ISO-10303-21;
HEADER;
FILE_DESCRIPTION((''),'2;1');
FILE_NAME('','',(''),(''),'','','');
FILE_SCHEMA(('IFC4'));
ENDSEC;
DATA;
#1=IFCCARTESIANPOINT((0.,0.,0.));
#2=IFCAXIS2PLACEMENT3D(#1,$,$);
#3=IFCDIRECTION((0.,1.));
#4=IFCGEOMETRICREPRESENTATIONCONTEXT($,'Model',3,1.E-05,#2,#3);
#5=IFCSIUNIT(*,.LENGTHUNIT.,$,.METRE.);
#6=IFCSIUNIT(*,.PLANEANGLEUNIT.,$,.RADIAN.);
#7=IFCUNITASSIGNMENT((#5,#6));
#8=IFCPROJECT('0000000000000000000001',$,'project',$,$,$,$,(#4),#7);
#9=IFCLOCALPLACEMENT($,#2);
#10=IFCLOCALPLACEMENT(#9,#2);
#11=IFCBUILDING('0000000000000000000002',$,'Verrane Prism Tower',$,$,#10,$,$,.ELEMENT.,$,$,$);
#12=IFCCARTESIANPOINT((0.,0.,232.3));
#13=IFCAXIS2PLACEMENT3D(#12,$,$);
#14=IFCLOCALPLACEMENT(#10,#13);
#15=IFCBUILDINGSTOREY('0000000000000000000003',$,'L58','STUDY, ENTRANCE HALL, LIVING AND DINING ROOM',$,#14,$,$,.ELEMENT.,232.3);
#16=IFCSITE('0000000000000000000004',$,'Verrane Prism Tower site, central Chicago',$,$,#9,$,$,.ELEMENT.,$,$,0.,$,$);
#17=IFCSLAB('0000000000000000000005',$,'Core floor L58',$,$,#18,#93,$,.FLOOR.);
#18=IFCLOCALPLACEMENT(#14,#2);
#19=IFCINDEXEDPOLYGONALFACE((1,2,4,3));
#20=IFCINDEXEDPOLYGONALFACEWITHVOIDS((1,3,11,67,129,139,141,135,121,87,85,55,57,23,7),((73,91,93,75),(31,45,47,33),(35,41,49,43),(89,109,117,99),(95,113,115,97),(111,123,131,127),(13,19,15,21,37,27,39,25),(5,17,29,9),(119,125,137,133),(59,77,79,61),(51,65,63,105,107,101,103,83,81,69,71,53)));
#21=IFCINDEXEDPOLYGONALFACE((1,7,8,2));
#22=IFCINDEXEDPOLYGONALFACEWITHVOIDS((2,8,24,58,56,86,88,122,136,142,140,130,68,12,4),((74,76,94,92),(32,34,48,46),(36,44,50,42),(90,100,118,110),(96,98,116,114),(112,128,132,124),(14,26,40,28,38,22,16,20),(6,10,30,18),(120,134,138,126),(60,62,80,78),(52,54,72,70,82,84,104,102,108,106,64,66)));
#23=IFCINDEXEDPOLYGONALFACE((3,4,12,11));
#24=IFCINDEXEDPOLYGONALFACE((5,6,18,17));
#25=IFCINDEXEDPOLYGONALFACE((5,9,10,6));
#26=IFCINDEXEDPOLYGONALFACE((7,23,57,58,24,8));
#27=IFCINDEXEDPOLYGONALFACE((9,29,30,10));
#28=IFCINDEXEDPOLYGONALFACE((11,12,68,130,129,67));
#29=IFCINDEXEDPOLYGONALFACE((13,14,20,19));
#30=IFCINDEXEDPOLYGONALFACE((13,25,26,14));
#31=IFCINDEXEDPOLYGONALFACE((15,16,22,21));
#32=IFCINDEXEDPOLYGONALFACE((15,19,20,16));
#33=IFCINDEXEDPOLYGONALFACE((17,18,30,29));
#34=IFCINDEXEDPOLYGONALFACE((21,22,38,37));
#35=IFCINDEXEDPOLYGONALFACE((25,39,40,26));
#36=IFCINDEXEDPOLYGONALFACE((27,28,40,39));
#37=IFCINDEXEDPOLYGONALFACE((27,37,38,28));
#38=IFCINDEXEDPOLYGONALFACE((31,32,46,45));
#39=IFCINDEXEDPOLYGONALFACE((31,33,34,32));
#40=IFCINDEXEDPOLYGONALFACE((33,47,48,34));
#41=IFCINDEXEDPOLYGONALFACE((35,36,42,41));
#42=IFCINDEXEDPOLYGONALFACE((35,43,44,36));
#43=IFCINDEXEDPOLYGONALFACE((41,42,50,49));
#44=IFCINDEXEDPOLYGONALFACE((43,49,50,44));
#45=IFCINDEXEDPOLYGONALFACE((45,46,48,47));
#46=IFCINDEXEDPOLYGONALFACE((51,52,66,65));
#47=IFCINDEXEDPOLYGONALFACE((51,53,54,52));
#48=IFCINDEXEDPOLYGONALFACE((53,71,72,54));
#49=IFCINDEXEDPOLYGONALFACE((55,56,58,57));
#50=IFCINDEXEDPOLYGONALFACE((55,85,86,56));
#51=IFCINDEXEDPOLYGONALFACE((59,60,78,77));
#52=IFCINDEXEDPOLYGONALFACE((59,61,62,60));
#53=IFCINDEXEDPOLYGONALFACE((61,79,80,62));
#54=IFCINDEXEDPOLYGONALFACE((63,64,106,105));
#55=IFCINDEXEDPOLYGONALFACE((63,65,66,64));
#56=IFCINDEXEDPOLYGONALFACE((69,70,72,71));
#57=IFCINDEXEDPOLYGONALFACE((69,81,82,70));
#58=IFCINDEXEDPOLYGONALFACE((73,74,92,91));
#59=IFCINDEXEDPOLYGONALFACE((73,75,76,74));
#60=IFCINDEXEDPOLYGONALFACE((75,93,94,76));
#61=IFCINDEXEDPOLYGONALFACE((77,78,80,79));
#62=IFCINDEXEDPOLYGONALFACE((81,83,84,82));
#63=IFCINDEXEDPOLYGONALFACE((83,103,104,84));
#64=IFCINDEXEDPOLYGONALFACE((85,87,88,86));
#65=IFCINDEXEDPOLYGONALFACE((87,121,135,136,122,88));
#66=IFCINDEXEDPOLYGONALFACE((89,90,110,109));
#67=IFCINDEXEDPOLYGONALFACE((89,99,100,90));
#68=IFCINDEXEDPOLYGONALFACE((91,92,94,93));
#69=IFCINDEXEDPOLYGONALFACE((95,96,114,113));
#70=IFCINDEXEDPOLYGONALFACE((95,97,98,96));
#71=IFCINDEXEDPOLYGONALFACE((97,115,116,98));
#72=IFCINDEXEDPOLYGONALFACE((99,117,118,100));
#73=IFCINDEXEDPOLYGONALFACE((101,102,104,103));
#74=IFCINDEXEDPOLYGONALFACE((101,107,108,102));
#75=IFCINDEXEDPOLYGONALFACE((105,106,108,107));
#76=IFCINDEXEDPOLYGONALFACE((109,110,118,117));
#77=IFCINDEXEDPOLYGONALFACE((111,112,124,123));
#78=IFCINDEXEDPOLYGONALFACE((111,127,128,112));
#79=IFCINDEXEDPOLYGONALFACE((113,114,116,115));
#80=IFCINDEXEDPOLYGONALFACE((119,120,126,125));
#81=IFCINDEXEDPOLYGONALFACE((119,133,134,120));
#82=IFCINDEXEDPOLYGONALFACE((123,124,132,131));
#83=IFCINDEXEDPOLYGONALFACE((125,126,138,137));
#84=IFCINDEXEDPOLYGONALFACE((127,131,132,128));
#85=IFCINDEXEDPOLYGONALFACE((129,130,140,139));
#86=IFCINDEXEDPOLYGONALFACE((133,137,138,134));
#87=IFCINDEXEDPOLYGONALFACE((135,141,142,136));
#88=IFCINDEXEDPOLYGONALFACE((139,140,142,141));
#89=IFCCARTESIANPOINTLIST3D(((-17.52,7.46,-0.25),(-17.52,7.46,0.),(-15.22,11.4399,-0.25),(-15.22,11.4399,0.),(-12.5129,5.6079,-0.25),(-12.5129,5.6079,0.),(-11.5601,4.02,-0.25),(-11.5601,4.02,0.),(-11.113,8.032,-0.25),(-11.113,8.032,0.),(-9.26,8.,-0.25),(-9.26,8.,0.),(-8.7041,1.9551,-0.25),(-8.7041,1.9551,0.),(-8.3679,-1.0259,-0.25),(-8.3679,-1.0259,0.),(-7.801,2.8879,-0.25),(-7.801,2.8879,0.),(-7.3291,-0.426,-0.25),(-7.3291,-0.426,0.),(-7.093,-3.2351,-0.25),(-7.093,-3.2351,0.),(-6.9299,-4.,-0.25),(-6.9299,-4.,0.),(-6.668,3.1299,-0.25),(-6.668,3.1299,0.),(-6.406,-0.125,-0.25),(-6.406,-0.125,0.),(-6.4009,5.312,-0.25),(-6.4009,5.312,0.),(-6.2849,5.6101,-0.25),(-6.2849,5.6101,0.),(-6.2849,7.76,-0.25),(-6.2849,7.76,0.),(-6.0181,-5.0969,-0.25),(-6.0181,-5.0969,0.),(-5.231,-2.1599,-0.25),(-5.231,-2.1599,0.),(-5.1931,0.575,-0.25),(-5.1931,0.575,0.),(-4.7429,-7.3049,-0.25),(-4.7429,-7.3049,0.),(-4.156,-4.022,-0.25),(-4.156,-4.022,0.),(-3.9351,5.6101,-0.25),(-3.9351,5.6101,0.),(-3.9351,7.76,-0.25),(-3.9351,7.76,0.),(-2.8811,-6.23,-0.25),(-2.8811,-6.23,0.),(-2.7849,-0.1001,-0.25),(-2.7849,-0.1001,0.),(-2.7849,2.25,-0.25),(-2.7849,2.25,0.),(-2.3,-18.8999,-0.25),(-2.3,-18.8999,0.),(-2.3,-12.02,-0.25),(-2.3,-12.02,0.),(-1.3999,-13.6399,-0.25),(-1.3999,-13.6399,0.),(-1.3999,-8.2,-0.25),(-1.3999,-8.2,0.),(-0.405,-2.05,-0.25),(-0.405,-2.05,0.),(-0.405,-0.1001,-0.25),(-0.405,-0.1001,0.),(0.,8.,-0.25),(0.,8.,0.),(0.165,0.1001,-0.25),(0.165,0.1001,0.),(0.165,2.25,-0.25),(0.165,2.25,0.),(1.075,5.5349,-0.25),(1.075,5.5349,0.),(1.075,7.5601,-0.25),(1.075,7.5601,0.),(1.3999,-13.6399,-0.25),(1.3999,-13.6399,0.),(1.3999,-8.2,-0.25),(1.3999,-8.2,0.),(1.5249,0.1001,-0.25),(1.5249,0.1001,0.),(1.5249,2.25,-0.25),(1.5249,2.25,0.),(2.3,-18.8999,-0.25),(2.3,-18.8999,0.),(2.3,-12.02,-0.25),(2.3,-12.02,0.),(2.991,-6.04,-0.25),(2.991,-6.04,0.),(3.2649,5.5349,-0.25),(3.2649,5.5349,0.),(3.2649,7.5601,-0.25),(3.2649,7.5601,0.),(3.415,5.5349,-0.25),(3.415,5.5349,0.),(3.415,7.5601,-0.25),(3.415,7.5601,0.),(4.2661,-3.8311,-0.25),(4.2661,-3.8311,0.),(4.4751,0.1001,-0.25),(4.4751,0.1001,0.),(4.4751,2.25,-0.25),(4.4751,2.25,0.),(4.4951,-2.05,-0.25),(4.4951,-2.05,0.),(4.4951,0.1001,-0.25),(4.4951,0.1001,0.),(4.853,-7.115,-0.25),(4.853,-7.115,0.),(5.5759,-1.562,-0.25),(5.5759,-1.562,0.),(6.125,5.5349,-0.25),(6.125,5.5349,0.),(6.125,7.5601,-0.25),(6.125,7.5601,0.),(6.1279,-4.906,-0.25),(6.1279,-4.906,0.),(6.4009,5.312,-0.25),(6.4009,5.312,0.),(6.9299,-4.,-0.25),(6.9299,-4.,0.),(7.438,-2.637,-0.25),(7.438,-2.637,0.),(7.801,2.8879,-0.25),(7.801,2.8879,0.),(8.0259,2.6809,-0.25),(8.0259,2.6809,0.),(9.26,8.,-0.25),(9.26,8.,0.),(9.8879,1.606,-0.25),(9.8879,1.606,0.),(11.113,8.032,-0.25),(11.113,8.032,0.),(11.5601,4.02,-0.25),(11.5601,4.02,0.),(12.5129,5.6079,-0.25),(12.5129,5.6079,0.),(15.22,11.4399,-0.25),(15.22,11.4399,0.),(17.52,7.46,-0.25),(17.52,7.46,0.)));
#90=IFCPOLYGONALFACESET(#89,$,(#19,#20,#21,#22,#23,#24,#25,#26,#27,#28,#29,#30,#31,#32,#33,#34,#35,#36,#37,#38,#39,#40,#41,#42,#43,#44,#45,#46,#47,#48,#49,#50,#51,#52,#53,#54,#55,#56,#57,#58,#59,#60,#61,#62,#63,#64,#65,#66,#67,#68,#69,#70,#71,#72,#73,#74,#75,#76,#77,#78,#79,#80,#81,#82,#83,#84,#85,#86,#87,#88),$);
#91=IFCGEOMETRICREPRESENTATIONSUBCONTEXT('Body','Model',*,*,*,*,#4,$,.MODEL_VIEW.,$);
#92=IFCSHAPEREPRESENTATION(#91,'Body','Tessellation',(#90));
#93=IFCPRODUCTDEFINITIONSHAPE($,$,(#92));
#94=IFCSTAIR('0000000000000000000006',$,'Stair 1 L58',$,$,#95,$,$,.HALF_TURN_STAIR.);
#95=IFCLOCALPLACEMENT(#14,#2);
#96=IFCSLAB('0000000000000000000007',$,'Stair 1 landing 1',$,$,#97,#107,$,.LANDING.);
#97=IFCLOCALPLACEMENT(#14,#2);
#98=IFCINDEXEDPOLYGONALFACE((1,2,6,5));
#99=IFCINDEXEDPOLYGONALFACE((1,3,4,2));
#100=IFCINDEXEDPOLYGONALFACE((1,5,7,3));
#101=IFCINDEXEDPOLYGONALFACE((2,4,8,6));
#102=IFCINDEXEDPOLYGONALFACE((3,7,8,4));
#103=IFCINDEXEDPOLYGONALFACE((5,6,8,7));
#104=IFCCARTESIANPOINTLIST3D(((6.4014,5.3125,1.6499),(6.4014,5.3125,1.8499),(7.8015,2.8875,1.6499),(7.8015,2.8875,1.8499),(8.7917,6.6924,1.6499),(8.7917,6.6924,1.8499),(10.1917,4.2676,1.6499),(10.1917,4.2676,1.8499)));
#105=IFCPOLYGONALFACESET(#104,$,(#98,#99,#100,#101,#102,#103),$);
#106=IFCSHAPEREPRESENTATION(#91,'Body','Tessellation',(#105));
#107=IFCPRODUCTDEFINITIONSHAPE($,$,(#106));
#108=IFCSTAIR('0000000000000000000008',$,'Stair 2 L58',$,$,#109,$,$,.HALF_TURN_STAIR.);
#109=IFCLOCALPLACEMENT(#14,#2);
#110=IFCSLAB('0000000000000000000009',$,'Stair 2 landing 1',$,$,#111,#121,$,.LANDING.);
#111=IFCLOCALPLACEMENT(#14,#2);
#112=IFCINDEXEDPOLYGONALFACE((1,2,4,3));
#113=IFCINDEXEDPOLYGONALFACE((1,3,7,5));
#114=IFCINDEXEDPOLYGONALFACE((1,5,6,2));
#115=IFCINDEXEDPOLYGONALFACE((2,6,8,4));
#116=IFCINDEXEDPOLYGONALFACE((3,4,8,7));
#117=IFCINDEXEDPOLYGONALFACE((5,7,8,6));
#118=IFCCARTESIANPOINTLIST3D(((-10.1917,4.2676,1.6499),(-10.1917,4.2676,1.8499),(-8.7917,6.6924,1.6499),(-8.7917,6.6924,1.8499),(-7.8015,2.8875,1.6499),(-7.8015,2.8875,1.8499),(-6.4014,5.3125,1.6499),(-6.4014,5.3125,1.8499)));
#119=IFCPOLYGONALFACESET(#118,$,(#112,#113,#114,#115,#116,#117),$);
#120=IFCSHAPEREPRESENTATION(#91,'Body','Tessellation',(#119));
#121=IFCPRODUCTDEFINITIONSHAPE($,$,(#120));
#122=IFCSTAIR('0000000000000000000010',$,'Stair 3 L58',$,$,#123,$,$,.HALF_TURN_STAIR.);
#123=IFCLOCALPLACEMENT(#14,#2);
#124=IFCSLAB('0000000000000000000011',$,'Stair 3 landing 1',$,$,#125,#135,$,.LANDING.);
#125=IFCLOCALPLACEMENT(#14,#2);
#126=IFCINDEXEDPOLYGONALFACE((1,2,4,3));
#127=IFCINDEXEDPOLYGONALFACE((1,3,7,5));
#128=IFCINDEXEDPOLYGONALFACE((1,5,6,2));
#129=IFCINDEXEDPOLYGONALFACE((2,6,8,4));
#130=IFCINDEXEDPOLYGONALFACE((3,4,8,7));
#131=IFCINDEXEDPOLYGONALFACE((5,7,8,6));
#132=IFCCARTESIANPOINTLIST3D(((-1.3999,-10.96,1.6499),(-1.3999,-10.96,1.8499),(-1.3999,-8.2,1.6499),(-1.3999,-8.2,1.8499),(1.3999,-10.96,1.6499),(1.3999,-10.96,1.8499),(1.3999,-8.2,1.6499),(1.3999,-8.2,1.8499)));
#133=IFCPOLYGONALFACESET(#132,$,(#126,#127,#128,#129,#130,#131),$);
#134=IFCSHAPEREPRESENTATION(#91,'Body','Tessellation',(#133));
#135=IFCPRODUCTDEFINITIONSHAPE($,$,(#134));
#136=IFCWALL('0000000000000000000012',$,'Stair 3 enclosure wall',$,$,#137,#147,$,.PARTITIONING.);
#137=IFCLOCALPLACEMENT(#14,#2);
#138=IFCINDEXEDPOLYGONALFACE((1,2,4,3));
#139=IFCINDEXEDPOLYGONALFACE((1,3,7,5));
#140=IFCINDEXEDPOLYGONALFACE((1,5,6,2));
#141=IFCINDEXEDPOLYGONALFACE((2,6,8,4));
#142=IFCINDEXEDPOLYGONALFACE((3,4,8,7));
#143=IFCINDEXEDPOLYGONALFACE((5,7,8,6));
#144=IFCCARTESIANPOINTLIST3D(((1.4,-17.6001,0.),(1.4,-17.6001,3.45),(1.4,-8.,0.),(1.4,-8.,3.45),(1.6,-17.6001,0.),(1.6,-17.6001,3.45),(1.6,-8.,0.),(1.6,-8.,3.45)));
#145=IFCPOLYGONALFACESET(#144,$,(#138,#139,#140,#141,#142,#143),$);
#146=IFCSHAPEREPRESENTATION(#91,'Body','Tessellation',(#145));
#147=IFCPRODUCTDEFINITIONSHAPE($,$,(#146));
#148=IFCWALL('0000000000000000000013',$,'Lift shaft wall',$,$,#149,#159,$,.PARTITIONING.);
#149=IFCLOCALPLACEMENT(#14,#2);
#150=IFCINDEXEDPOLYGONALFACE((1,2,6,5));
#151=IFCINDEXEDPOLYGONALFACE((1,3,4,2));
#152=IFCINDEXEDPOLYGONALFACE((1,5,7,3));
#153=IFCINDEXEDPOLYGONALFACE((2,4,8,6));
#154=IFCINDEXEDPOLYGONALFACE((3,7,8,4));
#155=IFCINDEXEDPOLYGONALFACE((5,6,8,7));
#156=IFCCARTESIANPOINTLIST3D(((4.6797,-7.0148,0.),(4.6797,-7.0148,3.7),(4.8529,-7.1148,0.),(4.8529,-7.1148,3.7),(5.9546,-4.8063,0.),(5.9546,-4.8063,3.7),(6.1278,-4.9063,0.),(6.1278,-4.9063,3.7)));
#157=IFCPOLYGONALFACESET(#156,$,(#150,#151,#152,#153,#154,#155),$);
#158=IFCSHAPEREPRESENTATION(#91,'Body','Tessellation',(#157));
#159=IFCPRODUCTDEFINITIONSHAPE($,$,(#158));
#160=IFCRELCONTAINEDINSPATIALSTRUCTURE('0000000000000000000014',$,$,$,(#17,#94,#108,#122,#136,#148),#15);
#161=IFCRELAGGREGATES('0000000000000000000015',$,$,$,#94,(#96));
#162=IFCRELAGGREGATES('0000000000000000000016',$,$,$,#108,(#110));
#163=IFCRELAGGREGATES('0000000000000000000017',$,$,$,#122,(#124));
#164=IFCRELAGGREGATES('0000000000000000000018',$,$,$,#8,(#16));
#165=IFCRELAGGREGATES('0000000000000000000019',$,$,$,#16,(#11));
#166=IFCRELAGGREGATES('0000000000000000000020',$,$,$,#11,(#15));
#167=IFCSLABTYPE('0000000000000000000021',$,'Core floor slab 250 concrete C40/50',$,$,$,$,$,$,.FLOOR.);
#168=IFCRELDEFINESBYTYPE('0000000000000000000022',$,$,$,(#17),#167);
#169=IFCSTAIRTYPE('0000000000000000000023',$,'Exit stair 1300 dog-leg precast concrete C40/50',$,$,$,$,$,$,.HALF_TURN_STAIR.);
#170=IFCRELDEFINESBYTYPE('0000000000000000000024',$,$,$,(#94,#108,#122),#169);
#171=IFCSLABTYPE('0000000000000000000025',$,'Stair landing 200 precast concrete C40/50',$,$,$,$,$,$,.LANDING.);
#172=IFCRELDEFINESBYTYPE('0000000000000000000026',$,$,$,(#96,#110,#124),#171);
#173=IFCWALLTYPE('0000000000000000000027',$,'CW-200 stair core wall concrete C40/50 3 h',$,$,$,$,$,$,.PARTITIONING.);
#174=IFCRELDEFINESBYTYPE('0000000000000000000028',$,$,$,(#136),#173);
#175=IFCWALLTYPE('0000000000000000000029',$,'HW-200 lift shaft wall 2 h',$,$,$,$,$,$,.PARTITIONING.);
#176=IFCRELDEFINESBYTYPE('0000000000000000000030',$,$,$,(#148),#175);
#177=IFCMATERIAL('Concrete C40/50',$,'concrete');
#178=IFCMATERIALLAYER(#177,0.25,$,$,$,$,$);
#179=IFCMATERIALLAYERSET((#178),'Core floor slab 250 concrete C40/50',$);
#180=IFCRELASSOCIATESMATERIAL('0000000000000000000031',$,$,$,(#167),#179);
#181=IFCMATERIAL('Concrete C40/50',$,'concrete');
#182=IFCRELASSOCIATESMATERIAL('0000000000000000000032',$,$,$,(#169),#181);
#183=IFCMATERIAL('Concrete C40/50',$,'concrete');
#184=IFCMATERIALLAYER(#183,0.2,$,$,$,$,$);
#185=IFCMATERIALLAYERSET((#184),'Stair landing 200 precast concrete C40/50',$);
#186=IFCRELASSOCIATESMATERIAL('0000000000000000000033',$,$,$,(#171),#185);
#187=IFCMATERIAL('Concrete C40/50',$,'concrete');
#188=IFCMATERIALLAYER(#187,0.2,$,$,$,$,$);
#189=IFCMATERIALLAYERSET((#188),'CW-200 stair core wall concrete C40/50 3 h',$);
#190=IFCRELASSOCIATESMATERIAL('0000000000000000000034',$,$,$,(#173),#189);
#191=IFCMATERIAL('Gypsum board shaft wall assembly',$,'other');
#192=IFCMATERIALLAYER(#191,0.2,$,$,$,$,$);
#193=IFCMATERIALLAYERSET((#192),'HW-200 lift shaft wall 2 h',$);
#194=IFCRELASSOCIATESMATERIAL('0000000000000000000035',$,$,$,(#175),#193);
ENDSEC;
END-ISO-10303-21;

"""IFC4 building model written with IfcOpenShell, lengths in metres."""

from ifc_helpers import new_model, si_unit, direction, frame, frame_2d, origin, place, context, subcontext, project, spatial, polyline, rectangle, outline, extrude, material, layer, layer_set, type_object, element, aggregate, save


model = new_model("IFC4")

# Units and contexts
model_context = context("Model", 3, precision=1e-05, world=origin(), true_north=direction((0.0, 1.0)))
body_context = subcontext(model_context, "Body", "Model", "MODEL_VIEW")
ifc_project = project(units=[si_unit("LENGTHUNIT", "METRE"), si_unit("PLANEANGLEUNIT", "RADIAN")], contexts=[model_context])

# Site, building, storey
site_placement = place(None, origin())
site = spatial("IfcSite", under=ifc_project, at=site_placement, Name="Verrane Prism Tower site, central Chicago", CompositionType="ELEMENT", RefElevation=0.0)
building_placement = place(site_placement, origin())
building = spatial("IfcBuilding", under=site, at=building_placement, Name="Verrane Prism Tower", CompositionType="ELEMENT")
storey_placement = place(building_placement, frame((0.0, 0.0, 232.3)))
storey = spatial("IfcBuildingStorey", under=building, at=storey_placement, Name="L58", Description="STUDY, ENTRANCE HALL, LIVING AND DINING ROOM", CompositionType="ELEMENT", Elevation=232.3)

# Slab
ifc_material_1 = material(Name="Concrete C40/50", Category="concrete")
ifc_layer_1 = layer(ifc_material_1, 0.25)
ifc_layer_set_1 = layer_set([ifc_layer_1], Name="Core floor slab 250 concrete C40/50")
slab_type_1 = type_object("IfcSlabType", Name="Core floor slab 250 concrete C40/50", PredefinedType="FLOOR", material=ifc_layer_set_1)
slab_1_placement = place(storey_placement, frame((0.0, 0.0, -0.25)))
element("IfcSlab", 1, at=slab_1_placement, inside=storey, type_object=slab_type_1, Name="Core floor L58", PredefinedType="FLOOR", context=body_context, shape_type="SweptSolid", body=[
    extrude(outline(polyline([(11.5601, 4.02), (17.52, 7.46), (15.22, 11.4399), (9.26, 8.0), (0.0, 8.0), (-9.26, 8.0), (-15.22, 11.4399), (-17.52, 7.46), (-11.5601, 4.02), (-6.9299, -4.0), (-2.3, -12.02), (-2.3, -18.8999), (2.3, -18.8999), (2.3, -12.02), (6.9299, -4.0), (11.5601, 4.02)]), holes=[polyline([(1.3999, -8.2), (1.3999, -13.6399), (-1.3999, -13.6399), (-1.3999, -8.2), (1.3999, -8.2)]), polyline([(-2.8811, -6.23), (-4.7429, -7.3049), (-6.0181, -5.0969), (-4.156, -4.022), (-2.8811, -6.23)]), polyline([(-7.801, 2.8879), (-12.5129, 5.6079), (-11.113, 8.032), (-6.4009, 5.312), (-7.801, 2.8879)]), polyline([(-6.2849, 5.6101), (-6.2849, 7.76), (-3.9351, 7.76), (-3.9351, 5.6101), (-6.2849, 5.6101)]), polyline([(4.2661, -3.8311), (6.1279, -4.906), (4.853, -7.115), (2.991, -6.04), (4.2661, -3.8311)]), polyline([(7.438, -2.637), (5.5759, -1.562), (8.0259, 2.6809), (9.8879, 1.606), (7.438, -2.637)]), polyline([(0.165, 0.1001), (1.5249, 0.1001), (1.5249, 2.25), (4.4751, 2.25), (4.4751, 0.1001), (4.4951, 0.1001), (4.4951, -2.05), (-0.405, -2.05), (-0.405, -0.1001), (-2.7849, -0.1001), (-2.7849, 2.25), (0.165, 2.25), (0.165, 0.1001)]), polyline([(6.4009, 5.312), (11.113, 8.032), (12.5129, 5.6079), (7.801, 2.8879), (6.4009, 5.312)]), polyline([(1.075, 5.5349), (1.075, 7.5601), (3.2649, 7.5601), (3.2649, 5.5349), (1.075, 5.5349)]), polyline([(3.415, 7.5601), (6.125, 7.5601), (6.125, 5.5349), (3.415, 5.5349), (3.415, 7.5601)]), polyline([(-5.231, -2.1599), (-7.093, -3.2351), (-8.3679, -1.0259), (-7.3291, -0.426), (-8.7041, 1.9551), (-6.668, 3.1299), (-5.1931, 0.575), (-6.406, -0.125), (-5.231, -2.1599)])]), origin(), (0.0, 0.0, 1.0), 0.25),
])

# Stairs, slabs
ifc_material_2 = material(Name="Concrete C40/50", Category="concrete")
stair_type = type_object("IfcStairType", Name="Exit stair 1300 dog-leg precast concrete C40/50", PredefinedType="HALF_TURN_STAIR", material=ifc_material_2)
stair_1_placement = place(storey_placement, origin())
stair_1 = element("IfcStair", 2, at=stair_1_placement, inside=storey, type_object=stair_type, Name="Stair 1 L58", PredefinedType="HALF_TURN_STAIR")
ifc_material_3 = material(Name="Concrete C40/50", Category="concrete")
ifc_layer_2 = layer(ifc_material_3, 0.2)
ifc_layer_set_2 = layer_set([ifc_layer_2], Name="Stair landing 200 precast concrete C40/50")
slab_type_2 = type_object("IfcSlabType", Name="Stair landing 200 precast concrete C40/50", PredefinedType="LANDING", material=ifc_layer_set_2)
slab_2_placement = place(storey_placement, frame((0.0, 0.0, 1.6499)))
slab_2 = element("IfcSlab", 3, at=slab_2_placement, type_object=slab_type_2, Name="Stair 1 landing 1", PredefinedType="LANDING", context=body_context, shape_type="SweptSolid", body=[
    extrude(outline(polyline([(8.7917, 6.6924), (6.4014, 5.3125), (7.8015, 2.8875), (10.1917, 4.2676), (8.7917, 6.6924)])), origin(), (0.0, 0.0, 1.0), 0.2),
])
aggregate(stair_1, [slab_2])
stair_2_placement = place(storey_placement, origin())
stair_2 = element("IfcStair", 4, at=stair_2_placement, inside=storey, type_object=stair_type, Name="Stair 2 L58", PredefinedType="HALF_TURN_STAIR")
slab_3_placement = place(storey_placement, frame((0.0, 0.0, 1.6499)))
slab_3 = element("IfcSlab", 5, at=slab_3_placement, type_object=slab_type_2, Name="Stair 2 landing 1", PredefinedType="LANDING", context=body_context, shape_type="SweptSolid", body=[
    extrude(outline(polyline([(-10.1917, 4.2676), (-7.8015, 2.8875), (-6.4014, 5.3125), (-8.7917, 6.6924), (-10.1917, 4.2676)])), origin(), (0.0, 0.0, 1.0), 0.2),
])
aggregate(stair_2, [slab_3])
stair_3_placement = place(storey_placement, origin())
stair_3 = element("IfcStair", 6, at=stair_3_placement, inside=storey, type_object=stair_type, Name="Stair 3 L58", PredefinedType="HALF_TURN_STAIR")
slab_4_placement = place(storey_placement, frame((0.0, 0.0, 1.6499)))
slab_4 = element("IfcSlab", 7, at=slab_4_placement, type_object=slab_type_2, Name="Stair 3 landing 1", PredefinedType="LANDING", context=body_context, shape_type="SweptSolid", body=[
    extrude(outline(polyline([(1.3999, -10.96), (1.3999, -8.2), (-1.3999, -8.2), (-1.3999, -10.96), (1.3999, -10.96)])), origin(), (0.0, 0.0, 1.0), 0.2),
])
aggregate(stair_3, [slab_4])

# Walls
ifc_material_4 = material(Name="Concrete C40/50", Category="concrete")
ifc_layer_3 = layer(ifc_material_4, 0.2)
ifc_layer_set_3 = layer_set([ifc_layer_3], Name="CW-200 stair core wall concrete C40/50 3 h")
wall_type_1 = type_object("IfcWallType", Name="CW-200 stair core wall concrete C40/50 3 h", PredefinedType="PARTITIONING", material=ifc_layer_set_3)
wall_1_placement = place(storey_placement, frame((1.5, -8.0, 0.0), z_axis=(0.0, 0.0, 1.0), x_axis=(0.0, -1.0, 0.0)))
element("IfcWall", 8, at=wall_1_placement, inside=storey, type_object=wall_type_1, Name="Stair 3 enclosure wall", PredefinedType="PARTITIONING", context=body_context, shape_type="SweptSolid", body=[
    extrude(rectangle(XDim=9.6001, YDim=0.2, at=frame_2d((4.8, 0.0))), origin(), (0.0, 0.0, 1.0), 3.45),
])
ifc_material_5 = material(Name="Gypsum board shaft wall assembly", Category="other")
ifc_layer_4 = layer(ifc_material_5, 0.2)
ifc_layer_set_4 = layer_set([ifc_layer_4], Name="HW-200 lift shaft wall 2 h")
wall_type_2 = type_object("IfcWallType", Name="HW-200 lift shaft wall 2 h", PredefinedType="PARTITIONING", material=ifc_layer_set_4)
wall_2_placement = place(storey_placement, frame((4.7664, -7.0647, 0.0), z_axis=(0.0, 0.0, 1.0), x_axis=(0.499949, 0.866055, 0.0)))
element("IfcWall", 9, at=wall_2_placement, inside=storey, type_object=wall_type_2, Name="Lift shaft wall", PredefinedType="PARTITIONING", context=body_context, shape_type="SweptSolid", body=[
    extrude(rectangle(XDim=2.55, YDim=0.2, at=frame_2d((1.2749, 0.0))), origin(), (0.0, 0.0, 1.0), 3.7),
])

save(model, "model.ifc")
